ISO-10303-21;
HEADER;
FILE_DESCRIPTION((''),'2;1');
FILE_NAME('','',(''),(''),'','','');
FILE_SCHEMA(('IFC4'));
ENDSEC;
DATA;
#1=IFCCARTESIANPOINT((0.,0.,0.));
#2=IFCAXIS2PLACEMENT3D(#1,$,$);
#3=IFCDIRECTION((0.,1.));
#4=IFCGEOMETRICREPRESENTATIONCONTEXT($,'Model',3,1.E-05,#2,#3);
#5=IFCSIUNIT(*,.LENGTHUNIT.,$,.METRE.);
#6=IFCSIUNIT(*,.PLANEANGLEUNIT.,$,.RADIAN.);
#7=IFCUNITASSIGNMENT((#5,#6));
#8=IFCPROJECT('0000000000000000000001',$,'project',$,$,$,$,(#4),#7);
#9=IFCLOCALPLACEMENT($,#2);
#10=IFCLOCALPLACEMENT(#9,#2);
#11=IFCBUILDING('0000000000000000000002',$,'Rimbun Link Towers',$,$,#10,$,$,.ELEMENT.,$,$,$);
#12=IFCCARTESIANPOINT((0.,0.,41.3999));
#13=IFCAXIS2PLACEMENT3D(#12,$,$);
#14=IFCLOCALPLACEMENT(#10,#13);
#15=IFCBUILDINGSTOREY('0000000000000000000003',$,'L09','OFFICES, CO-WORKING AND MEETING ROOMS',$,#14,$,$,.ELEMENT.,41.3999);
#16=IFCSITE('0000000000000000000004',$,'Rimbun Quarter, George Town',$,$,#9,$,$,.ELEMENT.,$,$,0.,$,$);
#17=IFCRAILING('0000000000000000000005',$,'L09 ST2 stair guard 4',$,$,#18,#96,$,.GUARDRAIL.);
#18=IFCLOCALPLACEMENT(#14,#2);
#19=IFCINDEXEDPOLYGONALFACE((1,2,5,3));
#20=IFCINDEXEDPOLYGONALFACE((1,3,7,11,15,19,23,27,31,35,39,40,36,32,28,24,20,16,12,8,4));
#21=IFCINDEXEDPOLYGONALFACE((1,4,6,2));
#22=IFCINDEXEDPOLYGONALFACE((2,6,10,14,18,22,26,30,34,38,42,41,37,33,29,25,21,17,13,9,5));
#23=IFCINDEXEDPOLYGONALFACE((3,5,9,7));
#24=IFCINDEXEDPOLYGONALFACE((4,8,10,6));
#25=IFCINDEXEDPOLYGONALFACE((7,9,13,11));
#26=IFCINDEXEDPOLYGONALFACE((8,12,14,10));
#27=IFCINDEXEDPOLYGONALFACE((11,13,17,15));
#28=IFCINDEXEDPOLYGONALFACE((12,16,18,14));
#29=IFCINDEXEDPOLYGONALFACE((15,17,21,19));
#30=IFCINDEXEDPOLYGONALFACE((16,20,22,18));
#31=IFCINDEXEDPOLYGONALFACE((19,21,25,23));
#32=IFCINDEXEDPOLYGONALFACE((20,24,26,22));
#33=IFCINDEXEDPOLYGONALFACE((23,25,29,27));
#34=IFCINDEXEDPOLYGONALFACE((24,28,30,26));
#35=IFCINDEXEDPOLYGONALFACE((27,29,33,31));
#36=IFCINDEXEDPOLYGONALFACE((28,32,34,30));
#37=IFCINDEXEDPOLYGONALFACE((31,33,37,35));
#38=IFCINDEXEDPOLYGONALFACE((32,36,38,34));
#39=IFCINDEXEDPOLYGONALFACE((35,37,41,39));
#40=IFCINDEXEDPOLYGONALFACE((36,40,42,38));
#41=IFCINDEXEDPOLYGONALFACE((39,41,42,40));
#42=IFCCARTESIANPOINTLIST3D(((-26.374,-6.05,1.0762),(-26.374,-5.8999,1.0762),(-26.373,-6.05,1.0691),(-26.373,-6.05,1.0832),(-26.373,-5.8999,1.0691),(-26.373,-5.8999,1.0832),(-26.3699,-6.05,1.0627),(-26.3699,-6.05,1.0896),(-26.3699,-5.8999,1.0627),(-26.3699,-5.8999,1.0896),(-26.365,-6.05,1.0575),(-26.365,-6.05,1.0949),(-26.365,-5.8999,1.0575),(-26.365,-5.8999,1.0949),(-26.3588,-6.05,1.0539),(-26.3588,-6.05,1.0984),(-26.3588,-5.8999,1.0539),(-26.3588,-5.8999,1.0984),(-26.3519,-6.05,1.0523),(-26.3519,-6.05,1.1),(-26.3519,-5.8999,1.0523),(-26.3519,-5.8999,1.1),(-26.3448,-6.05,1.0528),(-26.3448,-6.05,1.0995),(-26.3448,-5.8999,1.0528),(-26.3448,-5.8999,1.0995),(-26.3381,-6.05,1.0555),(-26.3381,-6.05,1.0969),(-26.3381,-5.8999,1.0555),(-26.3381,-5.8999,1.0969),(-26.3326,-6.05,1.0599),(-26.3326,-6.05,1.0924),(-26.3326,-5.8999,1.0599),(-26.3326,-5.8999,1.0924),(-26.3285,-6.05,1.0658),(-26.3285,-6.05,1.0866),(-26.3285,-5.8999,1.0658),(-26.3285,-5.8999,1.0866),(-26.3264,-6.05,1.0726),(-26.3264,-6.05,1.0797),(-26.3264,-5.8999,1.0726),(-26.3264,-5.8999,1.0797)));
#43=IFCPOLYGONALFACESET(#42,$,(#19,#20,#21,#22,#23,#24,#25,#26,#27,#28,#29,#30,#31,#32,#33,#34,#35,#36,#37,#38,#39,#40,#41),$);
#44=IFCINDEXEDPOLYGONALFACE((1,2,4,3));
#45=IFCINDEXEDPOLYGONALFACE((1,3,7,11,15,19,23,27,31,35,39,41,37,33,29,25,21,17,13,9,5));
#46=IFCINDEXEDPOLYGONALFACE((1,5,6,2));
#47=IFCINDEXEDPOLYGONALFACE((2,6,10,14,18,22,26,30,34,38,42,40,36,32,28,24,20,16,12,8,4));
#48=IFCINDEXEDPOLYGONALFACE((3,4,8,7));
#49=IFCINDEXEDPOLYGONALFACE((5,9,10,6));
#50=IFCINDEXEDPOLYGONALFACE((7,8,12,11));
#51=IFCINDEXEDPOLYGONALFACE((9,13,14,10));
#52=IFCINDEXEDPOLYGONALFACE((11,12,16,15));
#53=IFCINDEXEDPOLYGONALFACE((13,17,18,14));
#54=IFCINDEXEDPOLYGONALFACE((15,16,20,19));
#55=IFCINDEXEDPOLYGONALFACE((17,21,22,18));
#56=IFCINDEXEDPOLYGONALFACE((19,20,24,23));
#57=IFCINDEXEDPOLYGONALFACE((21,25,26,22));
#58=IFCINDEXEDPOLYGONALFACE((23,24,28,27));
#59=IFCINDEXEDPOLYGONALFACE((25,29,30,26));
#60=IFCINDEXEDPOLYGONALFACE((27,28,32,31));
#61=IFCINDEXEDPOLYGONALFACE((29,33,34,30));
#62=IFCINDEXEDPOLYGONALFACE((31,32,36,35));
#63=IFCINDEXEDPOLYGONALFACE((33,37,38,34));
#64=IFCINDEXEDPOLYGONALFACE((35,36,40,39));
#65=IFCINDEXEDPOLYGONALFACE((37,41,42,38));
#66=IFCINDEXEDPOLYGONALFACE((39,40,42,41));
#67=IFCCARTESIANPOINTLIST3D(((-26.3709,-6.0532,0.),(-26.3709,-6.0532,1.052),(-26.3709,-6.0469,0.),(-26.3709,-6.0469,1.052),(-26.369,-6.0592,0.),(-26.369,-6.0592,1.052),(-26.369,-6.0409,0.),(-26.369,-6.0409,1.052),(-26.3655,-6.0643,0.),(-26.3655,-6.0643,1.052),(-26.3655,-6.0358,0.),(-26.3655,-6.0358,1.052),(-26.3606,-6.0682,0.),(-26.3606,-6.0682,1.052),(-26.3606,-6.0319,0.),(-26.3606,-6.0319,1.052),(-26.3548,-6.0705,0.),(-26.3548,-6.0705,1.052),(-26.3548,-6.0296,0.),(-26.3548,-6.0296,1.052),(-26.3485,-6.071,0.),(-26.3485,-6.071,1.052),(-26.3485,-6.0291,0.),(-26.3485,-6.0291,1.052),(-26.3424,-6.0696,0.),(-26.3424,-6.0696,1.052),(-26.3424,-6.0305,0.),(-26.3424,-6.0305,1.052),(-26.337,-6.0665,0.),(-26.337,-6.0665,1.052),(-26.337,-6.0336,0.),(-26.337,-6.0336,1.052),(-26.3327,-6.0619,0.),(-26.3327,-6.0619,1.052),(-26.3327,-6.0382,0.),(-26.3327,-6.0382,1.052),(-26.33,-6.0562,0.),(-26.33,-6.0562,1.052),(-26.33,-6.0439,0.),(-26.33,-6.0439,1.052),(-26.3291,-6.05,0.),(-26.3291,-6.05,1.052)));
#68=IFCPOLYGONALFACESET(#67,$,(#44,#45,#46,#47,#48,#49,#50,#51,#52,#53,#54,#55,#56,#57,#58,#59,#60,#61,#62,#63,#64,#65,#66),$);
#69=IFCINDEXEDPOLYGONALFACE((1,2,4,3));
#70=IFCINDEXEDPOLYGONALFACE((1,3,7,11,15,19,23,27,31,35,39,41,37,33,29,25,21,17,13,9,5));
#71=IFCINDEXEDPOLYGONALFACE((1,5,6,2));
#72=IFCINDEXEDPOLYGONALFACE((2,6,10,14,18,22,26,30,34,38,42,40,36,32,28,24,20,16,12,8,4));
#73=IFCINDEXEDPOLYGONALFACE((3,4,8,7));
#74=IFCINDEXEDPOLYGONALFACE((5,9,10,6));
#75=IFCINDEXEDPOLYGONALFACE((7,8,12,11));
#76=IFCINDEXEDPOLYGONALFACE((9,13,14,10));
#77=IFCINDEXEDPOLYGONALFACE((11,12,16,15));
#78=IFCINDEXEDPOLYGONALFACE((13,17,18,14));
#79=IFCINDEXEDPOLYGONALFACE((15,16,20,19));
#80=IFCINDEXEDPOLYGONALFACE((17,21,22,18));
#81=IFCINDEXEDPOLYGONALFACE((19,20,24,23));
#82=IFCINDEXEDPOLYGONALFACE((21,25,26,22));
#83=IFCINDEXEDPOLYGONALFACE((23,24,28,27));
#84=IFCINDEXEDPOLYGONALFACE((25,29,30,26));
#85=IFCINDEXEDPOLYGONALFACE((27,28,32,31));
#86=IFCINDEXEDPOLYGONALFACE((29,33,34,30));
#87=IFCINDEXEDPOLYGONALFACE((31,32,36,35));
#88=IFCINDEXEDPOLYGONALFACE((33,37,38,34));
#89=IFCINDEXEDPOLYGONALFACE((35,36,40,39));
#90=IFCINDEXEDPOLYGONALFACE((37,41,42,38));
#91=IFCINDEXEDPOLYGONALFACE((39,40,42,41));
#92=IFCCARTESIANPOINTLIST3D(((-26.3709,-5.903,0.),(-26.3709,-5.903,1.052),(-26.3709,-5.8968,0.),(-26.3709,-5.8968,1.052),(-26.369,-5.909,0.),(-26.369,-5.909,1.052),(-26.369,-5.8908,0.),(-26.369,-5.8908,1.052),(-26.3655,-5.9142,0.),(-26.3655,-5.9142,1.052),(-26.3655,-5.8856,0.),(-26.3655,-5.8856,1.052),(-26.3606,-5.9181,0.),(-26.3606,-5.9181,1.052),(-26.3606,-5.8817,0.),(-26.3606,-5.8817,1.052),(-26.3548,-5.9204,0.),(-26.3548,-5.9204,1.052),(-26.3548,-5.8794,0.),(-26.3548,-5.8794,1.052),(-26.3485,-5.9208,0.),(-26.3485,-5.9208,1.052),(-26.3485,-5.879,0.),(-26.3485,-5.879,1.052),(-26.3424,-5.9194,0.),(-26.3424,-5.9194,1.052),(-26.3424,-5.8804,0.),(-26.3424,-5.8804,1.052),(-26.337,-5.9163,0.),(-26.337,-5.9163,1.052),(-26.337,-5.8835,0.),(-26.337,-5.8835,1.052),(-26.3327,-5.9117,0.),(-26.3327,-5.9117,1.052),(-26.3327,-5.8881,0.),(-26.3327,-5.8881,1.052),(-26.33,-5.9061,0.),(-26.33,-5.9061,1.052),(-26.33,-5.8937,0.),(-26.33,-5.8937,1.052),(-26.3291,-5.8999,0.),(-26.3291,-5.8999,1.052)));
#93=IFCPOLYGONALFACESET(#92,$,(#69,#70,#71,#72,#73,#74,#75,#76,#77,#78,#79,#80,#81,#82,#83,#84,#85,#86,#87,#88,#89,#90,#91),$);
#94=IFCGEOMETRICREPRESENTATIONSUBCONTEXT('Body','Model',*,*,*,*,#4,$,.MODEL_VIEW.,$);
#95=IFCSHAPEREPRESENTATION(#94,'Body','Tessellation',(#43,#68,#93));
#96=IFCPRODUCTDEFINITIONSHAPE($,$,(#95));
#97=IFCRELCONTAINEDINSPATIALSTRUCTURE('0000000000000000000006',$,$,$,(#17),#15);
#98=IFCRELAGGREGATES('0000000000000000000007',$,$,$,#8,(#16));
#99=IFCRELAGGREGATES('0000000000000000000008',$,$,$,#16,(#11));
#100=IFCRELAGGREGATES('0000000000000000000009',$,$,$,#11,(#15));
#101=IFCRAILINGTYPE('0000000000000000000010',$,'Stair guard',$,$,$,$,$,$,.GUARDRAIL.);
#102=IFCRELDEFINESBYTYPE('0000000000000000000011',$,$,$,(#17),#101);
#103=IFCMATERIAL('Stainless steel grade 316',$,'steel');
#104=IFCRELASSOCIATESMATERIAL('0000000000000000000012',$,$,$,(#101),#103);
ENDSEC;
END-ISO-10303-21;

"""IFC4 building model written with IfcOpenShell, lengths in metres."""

from ifc_helpers import new_model, si_unit, direction, frame, origin, origin_2d, place, context, subcontext, project, spatial, circle, extrude, material, type_object, element, save


model = new_model("IFC4")

# Units and contexts
model_context = context("Model", 3, precision=1e-05, world=origin(), true_north=direction((0.0, 1.0)))
body_context = subcontext(model_context, "Body", "Model", "MODEL_VIEW")
ifc_project = project(units=[si_unit("LENGTHUNIT", "METRE"), si_unit("PLANEANGLEUNIT", "RADIAN")], contexts=[model_context])

# Site, building, storey
site_placement = place(None, origin())
site = spatial("IfcSite", under=ifc_project, at=site_placement, Name="Rimbun Quarter, George Town", CompositionType="ELEMENT", RefElevation=0.0)
building_placement = place(site_placement, origin())
building = spatial("IfcBuilding", under=site, at=building_placement, Name="Rimbun Link Towers", CompositionType="ELEMENT")
storey_placement = place(building_placement, frame((0.0, 0.0, 41.3999)))
storey = spatial("IfcBuildingStorey", under=building, at=storey_placement, Name="L09", Description="OFFICES, CO-WORKING AND MEETING ROOMS", CompositionType="ELEMENT", Elevation=41.3999)

# Railing
ifc_material_1 = material(Name="Stainless steel grade 316", Category="steel")
railing_type_1 = type_object("IfcRailingType", Name="Stair guard", PredefinedType="GUARDRAIL", material=ifc_material_1)
railing_1_placement = place(storey_placement, frame((-26.3501, -6.05, 0.0)))
element("IfcRailing", 1, at=railing_1_placement, inside=storey, type_object=railing_type_1, Name="L09 ST2 stair guard 4", PredefinedType="GUARDRAIL", context=body_context, shape_type="SweptSolid", body=[
    extrude(circle(Radius=0.0239, at=origin_2d()), frame((0.0, 0.0, 1.0762), z_axis=(0.0, 1.0, 0.0), x_axis=(-1.0, 0.0, 0.0)), (0.0, 0.0, 1.0), 0.1501),
    extrude(circle(Radius=0.021, at=origin_2d()), origin(), (0.0, 0.0, 1.0), 1.052),
    extrude(circle(Radius=0.021, at=origin_2d()), frame((0.0, 0.1501, 0.0)), (0.0, 0.0, 1.0), 1.052),
])

save(model, "model.ifc")
